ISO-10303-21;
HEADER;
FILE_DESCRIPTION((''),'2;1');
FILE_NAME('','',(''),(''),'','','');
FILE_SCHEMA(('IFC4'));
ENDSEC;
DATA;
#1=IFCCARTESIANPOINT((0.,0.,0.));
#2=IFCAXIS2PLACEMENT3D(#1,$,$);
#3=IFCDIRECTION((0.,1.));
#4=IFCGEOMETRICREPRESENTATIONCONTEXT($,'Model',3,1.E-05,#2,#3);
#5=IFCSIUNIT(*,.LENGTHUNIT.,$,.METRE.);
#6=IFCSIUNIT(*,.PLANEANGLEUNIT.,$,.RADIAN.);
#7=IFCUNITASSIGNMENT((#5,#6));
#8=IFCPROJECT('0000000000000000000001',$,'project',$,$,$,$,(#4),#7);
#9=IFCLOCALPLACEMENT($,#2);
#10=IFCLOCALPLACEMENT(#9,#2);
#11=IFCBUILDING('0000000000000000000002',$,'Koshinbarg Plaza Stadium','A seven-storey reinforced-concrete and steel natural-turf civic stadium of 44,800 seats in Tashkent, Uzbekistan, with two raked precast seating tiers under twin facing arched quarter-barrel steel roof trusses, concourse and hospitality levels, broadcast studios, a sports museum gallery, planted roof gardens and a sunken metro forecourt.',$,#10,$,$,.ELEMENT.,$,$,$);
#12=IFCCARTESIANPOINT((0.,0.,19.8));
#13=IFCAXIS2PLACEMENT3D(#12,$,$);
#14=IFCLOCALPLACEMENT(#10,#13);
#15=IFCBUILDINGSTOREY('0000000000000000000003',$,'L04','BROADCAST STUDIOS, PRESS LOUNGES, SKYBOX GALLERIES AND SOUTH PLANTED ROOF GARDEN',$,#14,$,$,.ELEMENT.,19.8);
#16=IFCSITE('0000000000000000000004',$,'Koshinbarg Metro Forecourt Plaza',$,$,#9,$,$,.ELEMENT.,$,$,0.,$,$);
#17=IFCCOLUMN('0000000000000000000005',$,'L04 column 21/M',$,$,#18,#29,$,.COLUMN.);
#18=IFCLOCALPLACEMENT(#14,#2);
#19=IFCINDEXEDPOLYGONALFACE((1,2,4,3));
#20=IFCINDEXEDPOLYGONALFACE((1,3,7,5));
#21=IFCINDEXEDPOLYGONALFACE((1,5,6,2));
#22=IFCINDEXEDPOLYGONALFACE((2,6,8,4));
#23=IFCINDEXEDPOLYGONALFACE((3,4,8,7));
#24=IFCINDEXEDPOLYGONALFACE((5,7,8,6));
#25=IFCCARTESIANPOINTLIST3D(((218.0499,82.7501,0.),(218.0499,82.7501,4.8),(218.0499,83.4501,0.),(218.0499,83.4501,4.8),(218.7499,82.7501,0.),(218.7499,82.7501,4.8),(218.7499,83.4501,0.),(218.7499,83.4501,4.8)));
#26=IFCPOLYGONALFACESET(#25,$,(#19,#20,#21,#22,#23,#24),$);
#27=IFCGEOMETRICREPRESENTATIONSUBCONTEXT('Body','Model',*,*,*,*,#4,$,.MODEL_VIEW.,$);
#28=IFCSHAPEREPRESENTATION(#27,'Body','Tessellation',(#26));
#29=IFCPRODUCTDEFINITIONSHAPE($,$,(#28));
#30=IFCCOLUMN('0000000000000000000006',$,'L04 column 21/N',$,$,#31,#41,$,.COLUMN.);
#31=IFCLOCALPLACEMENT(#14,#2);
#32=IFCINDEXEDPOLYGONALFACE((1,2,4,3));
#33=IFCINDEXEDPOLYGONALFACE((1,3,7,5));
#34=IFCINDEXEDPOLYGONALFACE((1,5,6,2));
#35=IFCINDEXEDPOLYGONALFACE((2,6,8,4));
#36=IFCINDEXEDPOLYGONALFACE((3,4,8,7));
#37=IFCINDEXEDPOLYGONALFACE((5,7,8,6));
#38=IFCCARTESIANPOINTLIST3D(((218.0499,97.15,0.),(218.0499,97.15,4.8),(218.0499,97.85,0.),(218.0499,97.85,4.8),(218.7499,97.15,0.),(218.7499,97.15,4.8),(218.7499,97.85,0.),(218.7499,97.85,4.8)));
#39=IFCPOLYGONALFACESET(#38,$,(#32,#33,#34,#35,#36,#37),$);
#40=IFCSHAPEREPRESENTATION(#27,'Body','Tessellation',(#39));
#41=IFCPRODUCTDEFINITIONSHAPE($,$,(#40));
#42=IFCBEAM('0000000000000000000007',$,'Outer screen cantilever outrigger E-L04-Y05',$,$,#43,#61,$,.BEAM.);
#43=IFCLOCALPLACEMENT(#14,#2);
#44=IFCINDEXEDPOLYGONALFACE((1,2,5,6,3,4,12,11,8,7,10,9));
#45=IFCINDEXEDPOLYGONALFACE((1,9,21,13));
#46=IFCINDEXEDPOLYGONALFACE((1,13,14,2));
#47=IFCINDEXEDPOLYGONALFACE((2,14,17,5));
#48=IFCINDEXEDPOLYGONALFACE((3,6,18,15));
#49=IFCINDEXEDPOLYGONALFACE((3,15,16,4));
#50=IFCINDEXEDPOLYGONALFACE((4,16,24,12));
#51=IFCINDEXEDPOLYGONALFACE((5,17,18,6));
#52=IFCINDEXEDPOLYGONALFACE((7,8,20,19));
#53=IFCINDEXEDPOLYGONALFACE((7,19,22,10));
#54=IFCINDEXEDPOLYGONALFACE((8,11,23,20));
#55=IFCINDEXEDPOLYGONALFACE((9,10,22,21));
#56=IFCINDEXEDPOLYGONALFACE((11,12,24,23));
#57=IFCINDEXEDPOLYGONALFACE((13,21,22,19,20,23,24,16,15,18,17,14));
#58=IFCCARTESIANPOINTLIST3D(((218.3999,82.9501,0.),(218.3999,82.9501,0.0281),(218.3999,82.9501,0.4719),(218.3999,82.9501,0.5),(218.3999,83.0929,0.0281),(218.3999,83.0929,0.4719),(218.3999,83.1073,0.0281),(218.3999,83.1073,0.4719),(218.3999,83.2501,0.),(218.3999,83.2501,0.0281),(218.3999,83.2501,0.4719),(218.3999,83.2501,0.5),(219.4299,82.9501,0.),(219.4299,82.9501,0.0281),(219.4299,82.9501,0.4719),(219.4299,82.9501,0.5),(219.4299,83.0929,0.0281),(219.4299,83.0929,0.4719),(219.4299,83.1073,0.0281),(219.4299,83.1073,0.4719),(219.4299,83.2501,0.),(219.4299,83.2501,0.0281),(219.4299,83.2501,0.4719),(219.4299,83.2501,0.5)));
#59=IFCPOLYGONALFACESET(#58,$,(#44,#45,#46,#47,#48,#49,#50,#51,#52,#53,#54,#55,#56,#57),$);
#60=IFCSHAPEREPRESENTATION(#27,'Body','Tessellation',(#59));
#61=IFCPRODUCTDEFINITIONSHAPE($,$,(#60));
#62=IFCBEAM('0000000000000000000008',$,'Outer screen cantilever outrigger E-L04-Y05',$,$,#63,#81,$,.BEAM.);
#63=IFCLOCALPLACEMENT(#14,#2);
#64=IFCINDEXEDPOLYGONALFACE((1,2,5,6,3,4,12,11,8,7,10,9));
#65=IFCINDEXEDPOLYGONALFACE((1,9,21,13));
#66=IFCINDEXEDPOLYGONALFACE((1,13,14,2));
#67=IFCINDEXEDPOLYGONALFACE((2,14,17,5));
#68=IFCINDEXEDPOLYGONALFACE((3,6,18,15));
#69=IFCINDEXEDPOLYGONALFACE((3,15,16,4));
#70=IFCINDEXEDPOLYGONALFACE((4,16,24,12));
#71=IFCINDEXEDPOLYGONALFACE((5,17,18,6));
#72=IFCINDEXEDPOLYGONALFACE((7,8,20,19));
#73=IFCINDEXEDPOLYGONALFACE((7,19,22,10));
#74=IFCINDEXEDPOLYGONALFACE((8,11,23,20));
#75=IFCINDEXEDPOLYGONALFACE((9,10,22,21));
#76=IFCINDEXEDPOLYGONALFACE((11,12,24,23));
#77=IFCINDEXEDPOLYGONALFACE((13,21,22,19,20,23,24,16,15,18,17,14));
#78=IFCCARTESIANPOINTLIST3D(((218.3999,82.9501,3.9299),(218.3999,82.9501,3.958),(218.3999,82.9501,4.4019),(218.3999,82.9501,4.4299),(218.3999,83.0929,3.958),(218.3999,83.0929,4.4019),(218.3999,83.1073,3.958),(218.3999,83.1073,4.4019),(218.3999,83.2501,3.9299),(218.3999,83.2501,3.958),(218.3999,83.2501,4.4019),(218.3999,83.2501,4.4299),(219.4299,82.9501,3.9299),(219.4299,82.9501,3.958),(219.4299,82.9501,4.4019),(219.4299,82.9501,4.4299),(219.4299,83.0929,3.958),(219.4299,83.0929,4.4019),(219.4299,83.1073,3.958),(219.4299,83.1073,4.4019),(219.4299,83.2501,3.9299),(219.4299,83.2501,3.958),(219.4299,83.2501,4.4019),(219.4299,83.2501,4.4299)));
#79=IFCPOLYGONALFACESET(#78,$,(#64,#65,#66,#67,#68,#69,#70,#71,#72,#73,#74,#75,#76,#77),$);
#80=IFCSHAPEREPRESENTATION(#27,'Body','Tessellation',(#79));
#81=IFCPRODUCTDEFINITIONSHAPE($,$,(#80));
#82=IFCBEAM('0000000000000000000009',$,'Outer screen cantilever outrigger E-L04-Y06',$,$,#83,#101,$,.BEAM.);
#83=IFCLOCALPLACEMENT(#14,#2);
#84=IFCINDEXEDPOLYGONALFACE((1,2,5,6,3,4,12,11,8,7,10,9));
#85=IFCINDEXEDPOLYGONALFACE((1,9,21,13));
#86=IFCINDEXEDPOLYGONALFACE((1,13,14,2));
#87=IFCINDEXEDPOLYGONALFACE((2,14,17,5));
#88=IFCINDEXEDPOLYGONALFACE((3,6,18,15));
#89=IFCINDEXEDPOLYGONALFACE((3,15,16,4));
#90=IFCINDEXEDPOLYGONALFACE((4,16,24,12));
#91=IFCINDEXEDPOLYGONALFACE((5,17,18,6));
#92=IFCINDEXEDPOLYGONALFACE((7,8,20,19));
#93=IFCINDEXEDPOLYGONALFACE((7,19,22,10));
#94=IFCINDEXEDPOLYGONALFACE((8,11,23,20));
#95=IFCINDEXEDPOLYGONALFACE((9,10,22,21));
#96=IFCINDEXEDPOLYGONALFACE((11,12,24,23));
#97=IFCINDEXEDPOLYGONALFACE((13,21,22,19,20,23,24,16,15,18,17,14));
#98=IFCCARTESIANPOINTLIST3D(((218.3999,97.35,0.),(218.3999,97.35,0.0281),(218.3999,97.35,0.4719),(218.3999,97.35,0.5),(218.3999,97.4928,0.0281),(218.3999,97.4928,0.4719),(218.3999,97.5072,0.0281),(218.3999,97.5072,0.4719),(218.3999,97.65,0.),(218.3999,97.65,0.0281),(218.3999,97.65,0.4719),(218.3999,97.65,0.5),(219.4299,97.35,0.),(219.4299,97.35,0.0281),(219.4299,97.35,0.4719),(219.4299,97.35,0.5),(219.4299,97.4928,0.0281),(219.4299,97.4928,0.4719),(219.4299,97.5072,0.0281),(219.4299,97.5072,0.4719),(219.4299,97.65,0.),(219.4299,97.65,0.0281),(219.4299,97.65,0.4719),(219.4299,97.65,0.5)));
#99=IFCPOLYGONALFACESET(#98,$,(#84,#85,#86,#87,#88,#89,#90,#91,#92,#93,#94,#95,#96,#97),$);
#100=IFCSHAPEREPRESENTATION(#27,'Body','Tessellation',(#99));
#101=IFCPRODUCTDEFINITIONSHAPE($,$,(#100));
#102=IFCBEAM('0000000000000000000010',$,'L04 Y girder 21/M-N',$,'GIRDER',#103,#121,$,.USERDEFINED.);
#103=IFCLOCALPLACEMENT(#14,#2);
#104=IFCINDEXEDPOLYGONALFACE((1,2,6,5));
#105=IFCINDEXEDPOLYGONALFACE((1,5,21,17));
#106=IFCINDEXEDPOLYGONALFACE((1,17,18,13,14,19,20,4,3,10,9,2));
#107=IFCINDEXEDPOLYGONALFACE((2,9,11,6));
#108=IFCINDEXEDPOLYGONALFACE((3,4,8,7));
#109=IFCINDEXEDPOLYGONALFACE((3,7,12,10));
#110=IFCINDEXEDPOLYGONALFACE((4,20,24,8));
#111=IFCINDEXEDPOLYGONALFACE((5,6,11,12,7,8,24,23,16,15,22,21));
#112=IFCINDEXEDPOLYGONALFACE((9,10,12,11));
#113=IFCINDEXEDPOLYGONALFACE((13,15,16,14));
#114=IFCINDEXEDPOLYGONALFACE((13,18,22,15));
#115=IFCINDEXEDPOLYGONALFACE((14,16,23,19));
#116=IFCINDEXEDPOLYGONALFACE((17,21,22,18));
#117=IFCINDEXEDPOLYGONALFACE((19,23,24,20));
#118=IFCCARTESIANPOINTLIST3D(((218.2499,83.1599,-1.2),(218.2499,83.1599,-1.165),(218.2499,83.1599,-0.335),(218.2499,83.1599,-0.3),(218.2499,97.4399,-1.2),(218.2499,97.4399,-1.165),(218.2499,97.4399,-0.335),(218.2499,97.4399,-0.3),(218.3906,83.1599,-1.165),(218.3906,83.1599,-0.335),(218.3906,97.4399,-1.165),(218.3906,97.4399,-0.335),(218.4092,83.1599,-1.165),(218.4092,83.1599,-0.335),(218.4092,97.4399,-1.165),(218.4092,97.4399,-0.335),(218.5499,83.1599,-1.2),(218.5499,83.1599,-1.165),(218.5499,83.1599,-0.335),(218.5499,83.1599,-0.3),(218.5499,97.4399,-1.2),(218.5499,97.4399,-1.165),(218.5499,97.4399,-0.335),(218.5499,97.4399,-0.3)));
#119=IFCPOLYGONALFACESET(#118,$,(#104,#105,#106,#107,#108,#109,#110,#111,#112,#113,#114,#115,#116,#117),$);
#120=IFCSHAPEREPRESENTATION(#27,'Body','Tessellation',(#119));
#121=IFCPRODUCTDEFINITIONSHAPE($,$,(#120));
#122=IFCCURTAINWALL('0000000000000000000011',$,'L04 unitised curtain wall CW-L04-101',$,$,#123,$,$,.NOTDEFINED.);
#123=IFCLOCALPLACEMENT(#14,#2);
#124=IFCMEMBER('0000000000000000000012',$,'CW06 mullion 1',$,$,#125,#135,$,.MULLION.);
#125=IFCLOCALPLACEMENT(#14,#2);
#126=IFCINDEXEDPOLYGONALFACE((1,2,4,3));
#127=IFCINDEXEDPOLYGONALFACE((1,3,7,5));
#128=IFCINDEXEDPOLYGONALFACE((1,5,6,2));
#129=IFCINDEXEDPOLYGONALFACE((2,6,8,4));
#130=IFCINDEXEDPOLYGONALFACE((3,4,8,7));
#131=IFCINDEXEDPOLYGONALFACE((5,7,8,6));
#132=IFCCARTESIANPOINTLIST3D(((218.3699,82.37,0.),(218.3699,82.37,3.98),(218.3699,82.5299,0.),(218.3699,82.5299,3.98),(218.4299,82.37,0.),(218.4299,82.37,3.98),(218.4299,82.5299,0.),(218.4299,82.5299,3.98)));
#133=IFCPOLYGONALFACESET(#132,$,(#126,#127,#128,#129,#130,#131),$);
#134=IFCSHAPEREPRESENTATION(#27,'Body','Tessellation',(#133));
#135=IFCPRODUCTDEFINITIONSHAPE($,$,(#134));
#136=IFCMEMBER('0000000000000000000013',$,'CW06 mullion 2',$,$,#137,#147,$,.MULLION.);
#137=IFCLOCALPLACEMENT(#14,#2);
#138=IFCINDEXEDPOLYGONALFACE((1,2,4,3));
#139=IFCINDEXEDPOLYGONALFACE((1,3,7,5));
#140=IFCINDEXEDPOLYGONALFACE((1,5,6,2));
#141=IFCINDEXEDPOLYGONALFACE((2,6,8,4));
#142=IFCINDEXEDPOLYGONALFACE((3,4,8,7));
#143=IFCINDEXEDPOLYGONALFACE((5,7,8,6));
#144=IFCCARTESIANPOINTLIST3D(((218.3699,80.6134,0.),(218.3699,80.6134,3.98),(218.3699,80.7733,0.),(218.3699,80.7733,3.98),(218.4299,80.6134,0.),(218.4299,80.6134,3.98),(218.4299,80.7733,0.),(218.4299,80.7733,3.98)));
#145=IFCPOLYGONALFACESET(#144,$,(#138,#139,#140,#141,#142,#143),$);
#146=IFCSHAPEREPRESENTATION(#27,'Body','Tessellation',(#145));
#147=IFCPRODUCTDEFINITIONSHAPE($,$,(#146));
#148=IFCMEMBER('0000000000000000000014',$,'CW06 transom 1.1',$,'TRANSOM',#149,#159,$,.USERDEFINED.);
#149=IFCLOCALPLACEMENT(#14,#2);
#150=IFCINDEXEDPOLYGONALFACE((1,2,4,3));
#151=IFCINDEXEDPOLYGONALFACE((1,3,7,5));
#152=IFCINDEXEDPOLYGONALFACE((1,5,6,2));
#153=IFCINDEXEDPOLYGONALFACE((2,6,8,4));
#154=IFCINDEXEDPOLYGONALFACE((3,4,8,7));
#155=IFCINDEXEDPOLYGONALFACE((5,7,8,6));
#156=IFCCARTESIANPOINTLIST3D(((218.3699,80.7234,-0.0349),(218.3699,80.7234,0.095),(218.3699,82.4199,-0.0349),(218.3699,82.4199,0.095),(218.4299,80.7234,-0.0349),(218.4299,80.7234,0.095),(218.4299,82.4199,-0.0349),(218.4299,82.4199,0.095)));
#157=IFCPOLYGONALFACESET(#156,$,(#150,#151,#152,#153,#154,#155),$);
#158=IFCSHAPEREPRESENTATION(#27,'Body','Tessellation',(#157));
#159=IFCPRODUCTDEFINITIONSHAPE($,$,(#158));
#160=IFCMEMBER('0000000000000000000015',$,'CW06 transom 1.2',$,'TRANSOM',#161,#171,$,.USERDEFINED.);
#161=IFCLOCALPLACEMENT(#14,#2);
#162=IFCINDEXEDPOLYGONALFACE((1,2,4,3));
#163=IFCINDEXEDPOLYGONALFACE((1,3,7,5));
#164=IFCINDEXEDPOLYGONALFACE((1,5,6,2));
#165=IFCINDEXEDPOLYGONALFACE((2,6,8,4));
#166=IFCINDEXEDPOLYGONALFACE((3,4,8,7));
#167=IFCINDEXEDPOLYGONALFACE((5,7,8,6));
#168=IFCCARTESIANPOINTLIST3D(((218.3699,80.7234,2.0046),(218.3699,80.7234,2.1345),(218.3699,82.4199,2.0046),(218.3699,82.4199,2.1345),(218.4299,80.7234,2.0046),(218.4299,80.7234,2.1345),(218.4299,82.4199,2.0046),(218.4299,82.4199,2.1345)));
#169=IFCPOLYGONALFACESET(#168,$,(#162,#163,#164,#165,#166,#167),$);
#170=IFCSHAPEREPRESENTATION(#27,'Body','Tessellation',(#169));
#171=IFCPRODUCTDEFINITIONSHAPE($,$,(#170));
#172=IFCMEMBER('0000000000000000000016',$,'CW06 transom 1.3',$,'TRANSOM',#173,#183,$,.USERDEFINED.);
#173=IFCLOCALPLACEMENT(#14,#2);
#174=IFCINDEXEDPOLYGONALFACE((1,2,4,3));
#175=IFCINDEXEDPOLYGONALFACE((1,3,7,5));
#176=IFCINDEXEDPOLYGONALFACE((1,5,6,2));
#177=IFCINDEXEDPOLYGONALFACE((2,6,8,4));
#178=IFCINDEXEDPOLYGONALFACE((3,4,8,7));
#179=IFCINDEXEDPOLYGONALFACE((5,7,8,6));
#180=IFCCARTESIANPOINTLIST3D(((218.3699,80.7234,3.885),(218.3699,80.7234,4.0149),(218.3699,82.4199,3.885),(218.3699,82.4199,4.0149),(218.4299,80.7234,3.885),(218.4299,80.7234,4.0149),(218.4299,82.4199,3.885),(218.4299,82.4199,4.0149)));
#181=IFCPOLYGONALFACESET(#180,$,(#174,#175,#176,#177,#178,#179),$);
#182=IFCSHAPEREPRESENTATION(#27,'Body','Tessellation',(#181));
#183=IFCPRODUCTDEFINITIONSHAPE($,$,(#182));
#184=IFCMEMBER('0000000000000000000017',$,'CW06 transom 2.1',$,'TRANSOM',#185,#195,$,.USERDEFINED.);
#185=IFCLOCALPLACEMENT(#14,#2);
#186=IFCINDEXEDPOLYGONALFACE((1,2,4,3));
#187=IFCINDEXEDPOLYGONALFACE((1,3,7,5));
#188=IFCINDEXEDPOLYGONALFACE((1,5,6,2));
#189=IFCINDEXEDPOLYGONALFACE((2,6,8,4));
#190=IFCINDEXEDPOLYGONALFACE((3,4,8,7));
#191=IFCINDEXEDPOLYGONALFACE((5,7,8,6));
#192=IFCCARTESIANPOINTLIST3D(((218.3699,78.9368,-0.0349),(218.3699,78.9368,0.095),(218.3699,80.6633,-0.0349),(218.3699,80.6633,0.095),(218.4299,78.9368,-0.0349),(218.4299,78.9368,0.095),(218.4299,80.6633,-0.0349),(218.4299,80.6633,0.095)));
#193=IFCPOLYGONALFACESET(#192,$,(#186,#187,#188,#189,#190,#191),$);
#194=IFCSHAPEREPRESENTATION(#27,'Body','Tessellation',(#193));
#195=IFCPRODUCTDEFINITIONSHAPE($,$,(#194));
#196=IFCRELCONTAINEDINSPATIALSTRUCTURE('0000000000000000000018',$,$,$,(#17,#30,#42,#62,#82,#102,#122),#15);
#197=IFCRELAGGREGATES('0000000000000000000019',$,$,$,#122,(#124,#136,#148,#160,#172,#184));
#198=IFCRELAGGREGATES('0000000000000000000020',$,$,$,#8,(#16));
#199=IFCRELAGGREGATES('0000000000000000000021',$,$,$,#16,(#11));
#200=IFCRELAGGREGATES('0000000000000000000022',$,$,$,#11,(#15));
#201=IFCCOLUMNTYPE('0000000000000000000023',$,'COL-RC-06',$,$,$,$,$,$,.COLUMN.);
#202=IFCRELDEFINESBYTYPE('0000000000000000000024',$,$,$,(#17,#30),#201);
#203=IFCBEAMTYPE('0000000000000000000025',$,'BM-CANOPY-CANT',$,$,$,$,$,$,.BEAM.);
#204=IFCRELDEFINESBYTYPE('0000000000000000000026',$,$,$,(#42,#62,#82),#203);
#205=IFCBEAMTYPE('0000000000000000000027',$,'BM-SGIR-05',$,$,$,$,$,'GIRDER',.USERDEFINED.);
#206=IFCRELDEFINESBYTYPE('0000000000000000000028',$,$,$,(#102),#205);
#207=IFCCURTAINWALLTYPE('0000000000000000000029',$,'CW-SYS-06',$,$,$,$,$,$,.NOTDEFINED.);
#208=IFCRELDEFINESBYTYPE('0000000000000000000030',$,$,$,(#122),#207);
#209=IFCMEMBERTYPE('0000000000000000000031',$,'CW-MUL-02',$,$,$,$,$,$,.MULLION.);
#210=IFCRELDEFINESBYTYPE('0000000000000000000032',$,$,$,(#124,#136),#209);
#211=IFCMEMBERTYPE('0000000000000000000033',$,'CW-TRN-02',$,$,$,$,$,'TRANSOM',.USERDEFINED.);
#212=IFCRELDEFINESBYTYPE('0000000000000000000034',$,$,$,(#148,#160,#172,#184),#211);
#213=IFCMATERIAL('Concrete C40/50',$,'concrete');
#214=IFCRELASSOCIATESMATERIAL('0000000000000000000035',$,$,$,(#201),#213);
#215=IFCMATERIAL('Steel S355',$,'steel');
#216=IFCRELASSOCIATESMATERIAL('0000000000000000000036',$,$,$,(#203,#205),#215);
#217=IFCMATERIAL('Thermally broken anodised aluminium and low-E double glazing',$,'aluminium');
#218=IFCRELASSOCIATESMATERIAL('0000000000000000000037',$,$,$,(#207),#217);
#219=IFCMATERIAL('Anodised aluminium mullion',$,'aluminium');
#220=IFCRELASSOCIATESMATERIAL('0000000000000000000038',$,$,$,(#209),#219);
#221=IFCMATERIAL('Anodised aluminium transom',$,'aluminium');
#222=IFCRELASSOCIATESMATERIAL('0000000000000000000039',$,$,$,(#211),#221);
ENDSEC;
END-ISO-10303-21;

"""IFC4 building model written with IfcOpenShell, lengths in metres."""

from ifc_helpers import new_model, si_unit, direction, frame, origin, origin_2d, place, context, subcontext, project, spatial, rectangle, i_section, extrude, material, material_profile, profile_set, type_object, element, aggregate, save


model = new_model("IFC4")

# Units and contexts
model_context = context("Model", 3, precision=1e-05, world=origin(), true_north=direction((0.0, 1.0)))
body_context = subcontext(model_context, "Body", "Model", "MODEL_VIEW")
ifc_project = project(units=[si_unit("LENGTHUNIT", "METRE"), si_unit("PLANEANGLEUNIT", "RADIAN")], contexts=[model_context])

# Site, building, storey
site_placement = place(None, origin())
site = spatial("IfcSite", under=ifc_project, at=site_placement, Name="Koshinbarg Metro Forecourt Plaza", CompositionType="ELEMENT", RefElevation=0.0)
building_placement = place(site_placement, origin())
building = spatial("IfcBuilding", under=site, at=building_placement, Name="Koshinbarg Plaza Stadium", Description="A seven-storey reinforced-concrete and steel natural-turf civic stadium of 44,800 seats in Tashkent, Uzbekistan, with two raked precast seating tiers under twin facing arched quarter-barrel steel roof trusses, concourse and hospitality levels, broadcast studios, a sports museum gallery, planted roof gardens and a sunken metro forecourt.", CompositionType="ELEMENT")
storey_placement = place(building_placement, frame((0.0, 0.0, 19.8)))
storey = spatial("IfcBuildingStorey", under=building, at=storey_placement, Name="L04", Description="BROADCAST STUDIOS, PRESS LOUNGES, SKYBOX GALLERIES AND SOUTH PLANTED ROOF GARDEN", CompositionType="ELEMENT", Elevation=19.8)

# Columns
ifc_material_1 = material(Name="Concrete C40/50", Category="concrete")
ifc_material_profile_1 = material_profile(ifc_material_1, rectangle(XDim=0.7, YDim=0.7, at=origin_2d()), Name="RC 700x700")
ifc_profile_set_1 = profile_set([ifc_material_profile_1], Name="Concrete C40/50")
column_type = type_object("IfcColumnType", Name="COL-RC-06", PredefinedType="COLUMN", material=ifc_profile_set_1)
for number, where, z_axis, x_axis, name in (
    (1, (218.3999, 83.1001, 0.0), (0.0, 0.0, 1.0), (1.0, 0.0, 0.0), "L04 column 21/M"),
    (2, (218.3999, 97.5, 0.0), (0.0, 0.0, 1.0), (1.0, 0.0, 0.0), "L04 column 21/N"),
):
    element("IfcColumn", number, at=place(storey_placement, frame(where, z_axis=z_axis, x_axis=x_axis)), inside=storey, type_object=column_type, Name=name, PredefinedType="COLUMN", context=body_context, shape_type="SweptSolid", body=[
        extrude(rectangle(XDim=0.7, YDim=0.7, at=origin_2d()), origin(), (0.0, 0.0, 1.0), 4.8),
    ])

# Beams
ifc_material_2 = material(Name="Steel S355", Category="steel")
ifc_material_profile_2 = material_profile(ifc_material_2, i_section(OverallWidth=0.3, OverallDepth=0.5, WebThickness=0.0144, FlangeThickness=0.0281, at=origin_2d()), Name="HEB 500")
ifc_profile_set_2 = profile_set([ifc_material_profile_2], Name="Steel S355")
beam_type_1 = type_object("IfcBeamType", Name="BM-CANOPY-CANT", PredefinedType="BEAM", material=ifc_profile_set_2)
for number, where, z_axis, x_axis, name in (
    (3, (218.3999, 83.1001, 0.25), (1.0, 0.0, 0.0), (0.0, 1.0, 0.0), "Outer screen cantilever outrigger E-L04-Y05"),
    (4, (218.3999, 83.1001, 4.1799), (1.0, 0.0, 0.0), (0.0, 1.0, 0.0), "Outer screen cantilever outrigger E-L04-Y05"),
    (5, (218.3999, 97.5, 0.25), (1.0, 0.0, 0.0), (0.0, 1.0, 0.0), "Outer screen cantilever outrigger E-L04-Y06"),
):
    element("IfcBeam", number, at=place(storey_placement, frame(where, z_axis=z_axis, x_axis=x_axis)), inside=storey, type_object=beam_type_1, Name=name, PredefinedType="BEAM", context=body_context, shape_type="SweptSolid", body=[
        extrude(i_section(OverallWidth=0.3, OverallDepth=0.5, WebThickness=0.0144, FlangeThickness=0.0281, at=origin_2d()), origin(), (0.0, 0.0, 1.0), 1.03),
    ])
ifc_material_profile_3 = material_profile(ifc_material_2, i_section(OverallWidth=0.3, OverallDepth=0.8999, WebThickness=0.0186, FlangeThickness=0.0349, at=origin_2d()), Name="HEB 900")
ifc_profile_set_3 = profile_set([ifc_material_profile_3], Name="Steel S355")
beam_type_2 = type_object("IfcBeamType", Name="BM-SGIR-05", ElementType="GIRDER", PredefinedType="USERDEFINED", material=ifc_profile_set_3)
beam_placement = place(storey_placement, frame((218.3999, 83.1599, -0.75), z_axis=(0.0, 1.0, 0.0), x_axis=(-1.0, 0.0, 0.0)))
element("IfcBeam", 6, at=beam_placement, inside=storey, type_object=beam_type_2, Name="L04 Y girder 21/M-N", ObjectType="GIRDER", PredefinedType="USERDEFINED", context=body_context, shape_type="SweptSolid", body=[
    extrude(i_section(OverallWidth=0.3, OverallDepth=0.8999, WebThickness=0.0186, FlangeThickness=0.0349, at=origin_2d()), origin(), (0.0, 0.0, 1.0), 14.28),
])

# Curtain wall, members
ifc_material_3 = material(Name="Thermally broken anodised aluminium and low-E double glazing", Category="aluminium")
curtain_wall_type = type_object("IfcCurtainWallType", Name="CW-SYS-06", PredefinedType="NOTDEFINED", material=ifc_material_3)
curtain_wall_placement = place(storey_placement, origin())
curtain_wall = element("IfcCurtainWall", 7, at=curtain_wall_placement, inside=storey, type_object=curtain_wall_type, Name="L04 unitised curtain wall CW-L04-101", PredefinedType="NOTDEFINED")
ifc_material_4 = material(Name="Anodised aluminium mullion", Category="aluminium")
ifc_material_profile_4 = material_profile(ifc_material_4, rectangle(XDim=0.0601, YDim=0.1599, at=origin_2d()), Name="ALU 60x160")
ifc_profile_set_4 = profile_set([ifc_material_profile_4], Name="Anodised aluminium mullion")
member_type_1 = type_object("IfcMemberType", Name="CW-MUL-02", PredefinedType="MULLION", material=ifc_profile_set_4)
member_1_placement = place(storey_placement, frame((218.3999, 82.45, 0.0), z_axis=(0.0, 0.0, 1.0), x_axis=(1.0, 0.0, 0.0)))
member_1 = element("IfcMember", 8, at=member_1_placement, type_object=member_type_1, Name="CW06 mullion 1", PredefinedType="MULLION", context=body_context, shape_type="SweptSolid", body=[
    extrude(rectangle(XDim=0.0601, YDim=0.1599, at=origin_2d()), origin(), (0.0, 0.0, 1.0), 3.98),
])
member_2_placement = place(storey_placement, frame((218.3999, 80.6934, 0.0), z_axis=(0.0, 0.0, 1.0), x_axis=(1.0, 0.0, 0.0)))
member_2 = element("IfcMember", 9, at=member_2_placement, type_object=member_type_1, Name="CW06 mullion 2", PredefinedType="MULLION", context=body_context, shape_type="SweptSolid", body=[
    extrude(rectangle(XDim=0.0601, YDim=0.1599, at=origin_2d()), origin(), (0.0, 0.0, 1.0), 3.98),
])
ifc_material_5 = material(Name="Anodised aluminium transom", Category="aluminium")
ifc_material_profile_5 = material_profile(ifc_material_5, rectangle(XDim=0.0601, YDim=0.1299, at=origin_2d()), Name="ALU 60x130")
ifc_profile_set_5 = profile_set([ifc_material_profile_5], Name="Anodised aluminium transom")
member_type_2 = type_object("IfcMemberType", Name="CW-TRN-02", ElementType="TRANSOM", PredefinedType="USERDEFINED", material=ifc_profile_set_5)
member_3_placement = place(storey_placement, frame((218.3999, 82.4199, 0.03), z_axis=(0.0, -1.0, 0.0), x_axis=(1.0, 0.0, 0.0)))
member_3 = element("IfcMember", 10, at=member_3_placement, type_object=member_type_2, Name="CW06 transom 1.1", ObjectType="TRANSOM", PredefinedType="USERDEFINED", context=body_context, shape_type="SweptSolid", body=[
    extrude(rectangle(XDim=0.0601, YDim=0.1299, at=origin_2d()), origin(), (0.0, 0.0, 1.0), 1.6965),
])
member_4_placement = place(storey_placement, frame((218.3999, 82.4199, 2.0696), z_axis=(0.0, -1.0, 0.0), x_axis=(1.0, 0.0, 0.0)))
member_4 = element("IfcMember", 11, at=member_4_placement, type_object=member_type_2, Name="CW06 transom 1.2", ObjectType="TRANSOM", PredefinedType="USERDEFINED", context=body_context, shape_type="SweptSolid", body=[
    extrude(rectangle(XDim=0.0601, YDim=0.1299, at=origin_2d()), origin(), (0.0, 0.0, 1.0), 1.6965),
])
member_5_placement = place(storey_placement, frame((218.3999, 82.4199, 3.95), z_axis=(0.0, -1.0, 0.0), x_axis=(1.0, 0.0, 0.0)))
member_5 = element("IfcMember", 12, at=member_5_placement, type_object=member_type_2, Name="CW06 transom 1.3", ObjectType="TRANSOM", PredefinedType="USERDEFINED", context=body_context, shape_type="SweptSolid", body=[
    extrude(rectangle(XDim=0.0601, YDim=0.1299, at=origin_2d()), origin(), (0.0, 0.0, 1.0), 1.6965),
])
member_6_placement = place(storey_placement, frame((218.3999, 80.6633, 0.03), z_axis=(0.0, -1.0, 0.0), x_axis=(1.0, 0.0, 0.0)))
member_6 = element("IfcMember", 13, at=member_6_placement, type_object=member_type_2, Name="CW06 transom 2.1", ObjectType="TRANSOM", PredefinedType="USERDEFINED", context=body_context, shape_type="SweptSolid", body=[
    extrude(rectangle(XDim=0.0601, YDim=0.1299, at=origin_2d()), origin(), (0.0, 0.0, 1.0), 1.7266),
])

aggregate(curtain_wall, [member_1, member_2, member_3, member_4, member_5, member_6])

save(model, "model.ifc")
